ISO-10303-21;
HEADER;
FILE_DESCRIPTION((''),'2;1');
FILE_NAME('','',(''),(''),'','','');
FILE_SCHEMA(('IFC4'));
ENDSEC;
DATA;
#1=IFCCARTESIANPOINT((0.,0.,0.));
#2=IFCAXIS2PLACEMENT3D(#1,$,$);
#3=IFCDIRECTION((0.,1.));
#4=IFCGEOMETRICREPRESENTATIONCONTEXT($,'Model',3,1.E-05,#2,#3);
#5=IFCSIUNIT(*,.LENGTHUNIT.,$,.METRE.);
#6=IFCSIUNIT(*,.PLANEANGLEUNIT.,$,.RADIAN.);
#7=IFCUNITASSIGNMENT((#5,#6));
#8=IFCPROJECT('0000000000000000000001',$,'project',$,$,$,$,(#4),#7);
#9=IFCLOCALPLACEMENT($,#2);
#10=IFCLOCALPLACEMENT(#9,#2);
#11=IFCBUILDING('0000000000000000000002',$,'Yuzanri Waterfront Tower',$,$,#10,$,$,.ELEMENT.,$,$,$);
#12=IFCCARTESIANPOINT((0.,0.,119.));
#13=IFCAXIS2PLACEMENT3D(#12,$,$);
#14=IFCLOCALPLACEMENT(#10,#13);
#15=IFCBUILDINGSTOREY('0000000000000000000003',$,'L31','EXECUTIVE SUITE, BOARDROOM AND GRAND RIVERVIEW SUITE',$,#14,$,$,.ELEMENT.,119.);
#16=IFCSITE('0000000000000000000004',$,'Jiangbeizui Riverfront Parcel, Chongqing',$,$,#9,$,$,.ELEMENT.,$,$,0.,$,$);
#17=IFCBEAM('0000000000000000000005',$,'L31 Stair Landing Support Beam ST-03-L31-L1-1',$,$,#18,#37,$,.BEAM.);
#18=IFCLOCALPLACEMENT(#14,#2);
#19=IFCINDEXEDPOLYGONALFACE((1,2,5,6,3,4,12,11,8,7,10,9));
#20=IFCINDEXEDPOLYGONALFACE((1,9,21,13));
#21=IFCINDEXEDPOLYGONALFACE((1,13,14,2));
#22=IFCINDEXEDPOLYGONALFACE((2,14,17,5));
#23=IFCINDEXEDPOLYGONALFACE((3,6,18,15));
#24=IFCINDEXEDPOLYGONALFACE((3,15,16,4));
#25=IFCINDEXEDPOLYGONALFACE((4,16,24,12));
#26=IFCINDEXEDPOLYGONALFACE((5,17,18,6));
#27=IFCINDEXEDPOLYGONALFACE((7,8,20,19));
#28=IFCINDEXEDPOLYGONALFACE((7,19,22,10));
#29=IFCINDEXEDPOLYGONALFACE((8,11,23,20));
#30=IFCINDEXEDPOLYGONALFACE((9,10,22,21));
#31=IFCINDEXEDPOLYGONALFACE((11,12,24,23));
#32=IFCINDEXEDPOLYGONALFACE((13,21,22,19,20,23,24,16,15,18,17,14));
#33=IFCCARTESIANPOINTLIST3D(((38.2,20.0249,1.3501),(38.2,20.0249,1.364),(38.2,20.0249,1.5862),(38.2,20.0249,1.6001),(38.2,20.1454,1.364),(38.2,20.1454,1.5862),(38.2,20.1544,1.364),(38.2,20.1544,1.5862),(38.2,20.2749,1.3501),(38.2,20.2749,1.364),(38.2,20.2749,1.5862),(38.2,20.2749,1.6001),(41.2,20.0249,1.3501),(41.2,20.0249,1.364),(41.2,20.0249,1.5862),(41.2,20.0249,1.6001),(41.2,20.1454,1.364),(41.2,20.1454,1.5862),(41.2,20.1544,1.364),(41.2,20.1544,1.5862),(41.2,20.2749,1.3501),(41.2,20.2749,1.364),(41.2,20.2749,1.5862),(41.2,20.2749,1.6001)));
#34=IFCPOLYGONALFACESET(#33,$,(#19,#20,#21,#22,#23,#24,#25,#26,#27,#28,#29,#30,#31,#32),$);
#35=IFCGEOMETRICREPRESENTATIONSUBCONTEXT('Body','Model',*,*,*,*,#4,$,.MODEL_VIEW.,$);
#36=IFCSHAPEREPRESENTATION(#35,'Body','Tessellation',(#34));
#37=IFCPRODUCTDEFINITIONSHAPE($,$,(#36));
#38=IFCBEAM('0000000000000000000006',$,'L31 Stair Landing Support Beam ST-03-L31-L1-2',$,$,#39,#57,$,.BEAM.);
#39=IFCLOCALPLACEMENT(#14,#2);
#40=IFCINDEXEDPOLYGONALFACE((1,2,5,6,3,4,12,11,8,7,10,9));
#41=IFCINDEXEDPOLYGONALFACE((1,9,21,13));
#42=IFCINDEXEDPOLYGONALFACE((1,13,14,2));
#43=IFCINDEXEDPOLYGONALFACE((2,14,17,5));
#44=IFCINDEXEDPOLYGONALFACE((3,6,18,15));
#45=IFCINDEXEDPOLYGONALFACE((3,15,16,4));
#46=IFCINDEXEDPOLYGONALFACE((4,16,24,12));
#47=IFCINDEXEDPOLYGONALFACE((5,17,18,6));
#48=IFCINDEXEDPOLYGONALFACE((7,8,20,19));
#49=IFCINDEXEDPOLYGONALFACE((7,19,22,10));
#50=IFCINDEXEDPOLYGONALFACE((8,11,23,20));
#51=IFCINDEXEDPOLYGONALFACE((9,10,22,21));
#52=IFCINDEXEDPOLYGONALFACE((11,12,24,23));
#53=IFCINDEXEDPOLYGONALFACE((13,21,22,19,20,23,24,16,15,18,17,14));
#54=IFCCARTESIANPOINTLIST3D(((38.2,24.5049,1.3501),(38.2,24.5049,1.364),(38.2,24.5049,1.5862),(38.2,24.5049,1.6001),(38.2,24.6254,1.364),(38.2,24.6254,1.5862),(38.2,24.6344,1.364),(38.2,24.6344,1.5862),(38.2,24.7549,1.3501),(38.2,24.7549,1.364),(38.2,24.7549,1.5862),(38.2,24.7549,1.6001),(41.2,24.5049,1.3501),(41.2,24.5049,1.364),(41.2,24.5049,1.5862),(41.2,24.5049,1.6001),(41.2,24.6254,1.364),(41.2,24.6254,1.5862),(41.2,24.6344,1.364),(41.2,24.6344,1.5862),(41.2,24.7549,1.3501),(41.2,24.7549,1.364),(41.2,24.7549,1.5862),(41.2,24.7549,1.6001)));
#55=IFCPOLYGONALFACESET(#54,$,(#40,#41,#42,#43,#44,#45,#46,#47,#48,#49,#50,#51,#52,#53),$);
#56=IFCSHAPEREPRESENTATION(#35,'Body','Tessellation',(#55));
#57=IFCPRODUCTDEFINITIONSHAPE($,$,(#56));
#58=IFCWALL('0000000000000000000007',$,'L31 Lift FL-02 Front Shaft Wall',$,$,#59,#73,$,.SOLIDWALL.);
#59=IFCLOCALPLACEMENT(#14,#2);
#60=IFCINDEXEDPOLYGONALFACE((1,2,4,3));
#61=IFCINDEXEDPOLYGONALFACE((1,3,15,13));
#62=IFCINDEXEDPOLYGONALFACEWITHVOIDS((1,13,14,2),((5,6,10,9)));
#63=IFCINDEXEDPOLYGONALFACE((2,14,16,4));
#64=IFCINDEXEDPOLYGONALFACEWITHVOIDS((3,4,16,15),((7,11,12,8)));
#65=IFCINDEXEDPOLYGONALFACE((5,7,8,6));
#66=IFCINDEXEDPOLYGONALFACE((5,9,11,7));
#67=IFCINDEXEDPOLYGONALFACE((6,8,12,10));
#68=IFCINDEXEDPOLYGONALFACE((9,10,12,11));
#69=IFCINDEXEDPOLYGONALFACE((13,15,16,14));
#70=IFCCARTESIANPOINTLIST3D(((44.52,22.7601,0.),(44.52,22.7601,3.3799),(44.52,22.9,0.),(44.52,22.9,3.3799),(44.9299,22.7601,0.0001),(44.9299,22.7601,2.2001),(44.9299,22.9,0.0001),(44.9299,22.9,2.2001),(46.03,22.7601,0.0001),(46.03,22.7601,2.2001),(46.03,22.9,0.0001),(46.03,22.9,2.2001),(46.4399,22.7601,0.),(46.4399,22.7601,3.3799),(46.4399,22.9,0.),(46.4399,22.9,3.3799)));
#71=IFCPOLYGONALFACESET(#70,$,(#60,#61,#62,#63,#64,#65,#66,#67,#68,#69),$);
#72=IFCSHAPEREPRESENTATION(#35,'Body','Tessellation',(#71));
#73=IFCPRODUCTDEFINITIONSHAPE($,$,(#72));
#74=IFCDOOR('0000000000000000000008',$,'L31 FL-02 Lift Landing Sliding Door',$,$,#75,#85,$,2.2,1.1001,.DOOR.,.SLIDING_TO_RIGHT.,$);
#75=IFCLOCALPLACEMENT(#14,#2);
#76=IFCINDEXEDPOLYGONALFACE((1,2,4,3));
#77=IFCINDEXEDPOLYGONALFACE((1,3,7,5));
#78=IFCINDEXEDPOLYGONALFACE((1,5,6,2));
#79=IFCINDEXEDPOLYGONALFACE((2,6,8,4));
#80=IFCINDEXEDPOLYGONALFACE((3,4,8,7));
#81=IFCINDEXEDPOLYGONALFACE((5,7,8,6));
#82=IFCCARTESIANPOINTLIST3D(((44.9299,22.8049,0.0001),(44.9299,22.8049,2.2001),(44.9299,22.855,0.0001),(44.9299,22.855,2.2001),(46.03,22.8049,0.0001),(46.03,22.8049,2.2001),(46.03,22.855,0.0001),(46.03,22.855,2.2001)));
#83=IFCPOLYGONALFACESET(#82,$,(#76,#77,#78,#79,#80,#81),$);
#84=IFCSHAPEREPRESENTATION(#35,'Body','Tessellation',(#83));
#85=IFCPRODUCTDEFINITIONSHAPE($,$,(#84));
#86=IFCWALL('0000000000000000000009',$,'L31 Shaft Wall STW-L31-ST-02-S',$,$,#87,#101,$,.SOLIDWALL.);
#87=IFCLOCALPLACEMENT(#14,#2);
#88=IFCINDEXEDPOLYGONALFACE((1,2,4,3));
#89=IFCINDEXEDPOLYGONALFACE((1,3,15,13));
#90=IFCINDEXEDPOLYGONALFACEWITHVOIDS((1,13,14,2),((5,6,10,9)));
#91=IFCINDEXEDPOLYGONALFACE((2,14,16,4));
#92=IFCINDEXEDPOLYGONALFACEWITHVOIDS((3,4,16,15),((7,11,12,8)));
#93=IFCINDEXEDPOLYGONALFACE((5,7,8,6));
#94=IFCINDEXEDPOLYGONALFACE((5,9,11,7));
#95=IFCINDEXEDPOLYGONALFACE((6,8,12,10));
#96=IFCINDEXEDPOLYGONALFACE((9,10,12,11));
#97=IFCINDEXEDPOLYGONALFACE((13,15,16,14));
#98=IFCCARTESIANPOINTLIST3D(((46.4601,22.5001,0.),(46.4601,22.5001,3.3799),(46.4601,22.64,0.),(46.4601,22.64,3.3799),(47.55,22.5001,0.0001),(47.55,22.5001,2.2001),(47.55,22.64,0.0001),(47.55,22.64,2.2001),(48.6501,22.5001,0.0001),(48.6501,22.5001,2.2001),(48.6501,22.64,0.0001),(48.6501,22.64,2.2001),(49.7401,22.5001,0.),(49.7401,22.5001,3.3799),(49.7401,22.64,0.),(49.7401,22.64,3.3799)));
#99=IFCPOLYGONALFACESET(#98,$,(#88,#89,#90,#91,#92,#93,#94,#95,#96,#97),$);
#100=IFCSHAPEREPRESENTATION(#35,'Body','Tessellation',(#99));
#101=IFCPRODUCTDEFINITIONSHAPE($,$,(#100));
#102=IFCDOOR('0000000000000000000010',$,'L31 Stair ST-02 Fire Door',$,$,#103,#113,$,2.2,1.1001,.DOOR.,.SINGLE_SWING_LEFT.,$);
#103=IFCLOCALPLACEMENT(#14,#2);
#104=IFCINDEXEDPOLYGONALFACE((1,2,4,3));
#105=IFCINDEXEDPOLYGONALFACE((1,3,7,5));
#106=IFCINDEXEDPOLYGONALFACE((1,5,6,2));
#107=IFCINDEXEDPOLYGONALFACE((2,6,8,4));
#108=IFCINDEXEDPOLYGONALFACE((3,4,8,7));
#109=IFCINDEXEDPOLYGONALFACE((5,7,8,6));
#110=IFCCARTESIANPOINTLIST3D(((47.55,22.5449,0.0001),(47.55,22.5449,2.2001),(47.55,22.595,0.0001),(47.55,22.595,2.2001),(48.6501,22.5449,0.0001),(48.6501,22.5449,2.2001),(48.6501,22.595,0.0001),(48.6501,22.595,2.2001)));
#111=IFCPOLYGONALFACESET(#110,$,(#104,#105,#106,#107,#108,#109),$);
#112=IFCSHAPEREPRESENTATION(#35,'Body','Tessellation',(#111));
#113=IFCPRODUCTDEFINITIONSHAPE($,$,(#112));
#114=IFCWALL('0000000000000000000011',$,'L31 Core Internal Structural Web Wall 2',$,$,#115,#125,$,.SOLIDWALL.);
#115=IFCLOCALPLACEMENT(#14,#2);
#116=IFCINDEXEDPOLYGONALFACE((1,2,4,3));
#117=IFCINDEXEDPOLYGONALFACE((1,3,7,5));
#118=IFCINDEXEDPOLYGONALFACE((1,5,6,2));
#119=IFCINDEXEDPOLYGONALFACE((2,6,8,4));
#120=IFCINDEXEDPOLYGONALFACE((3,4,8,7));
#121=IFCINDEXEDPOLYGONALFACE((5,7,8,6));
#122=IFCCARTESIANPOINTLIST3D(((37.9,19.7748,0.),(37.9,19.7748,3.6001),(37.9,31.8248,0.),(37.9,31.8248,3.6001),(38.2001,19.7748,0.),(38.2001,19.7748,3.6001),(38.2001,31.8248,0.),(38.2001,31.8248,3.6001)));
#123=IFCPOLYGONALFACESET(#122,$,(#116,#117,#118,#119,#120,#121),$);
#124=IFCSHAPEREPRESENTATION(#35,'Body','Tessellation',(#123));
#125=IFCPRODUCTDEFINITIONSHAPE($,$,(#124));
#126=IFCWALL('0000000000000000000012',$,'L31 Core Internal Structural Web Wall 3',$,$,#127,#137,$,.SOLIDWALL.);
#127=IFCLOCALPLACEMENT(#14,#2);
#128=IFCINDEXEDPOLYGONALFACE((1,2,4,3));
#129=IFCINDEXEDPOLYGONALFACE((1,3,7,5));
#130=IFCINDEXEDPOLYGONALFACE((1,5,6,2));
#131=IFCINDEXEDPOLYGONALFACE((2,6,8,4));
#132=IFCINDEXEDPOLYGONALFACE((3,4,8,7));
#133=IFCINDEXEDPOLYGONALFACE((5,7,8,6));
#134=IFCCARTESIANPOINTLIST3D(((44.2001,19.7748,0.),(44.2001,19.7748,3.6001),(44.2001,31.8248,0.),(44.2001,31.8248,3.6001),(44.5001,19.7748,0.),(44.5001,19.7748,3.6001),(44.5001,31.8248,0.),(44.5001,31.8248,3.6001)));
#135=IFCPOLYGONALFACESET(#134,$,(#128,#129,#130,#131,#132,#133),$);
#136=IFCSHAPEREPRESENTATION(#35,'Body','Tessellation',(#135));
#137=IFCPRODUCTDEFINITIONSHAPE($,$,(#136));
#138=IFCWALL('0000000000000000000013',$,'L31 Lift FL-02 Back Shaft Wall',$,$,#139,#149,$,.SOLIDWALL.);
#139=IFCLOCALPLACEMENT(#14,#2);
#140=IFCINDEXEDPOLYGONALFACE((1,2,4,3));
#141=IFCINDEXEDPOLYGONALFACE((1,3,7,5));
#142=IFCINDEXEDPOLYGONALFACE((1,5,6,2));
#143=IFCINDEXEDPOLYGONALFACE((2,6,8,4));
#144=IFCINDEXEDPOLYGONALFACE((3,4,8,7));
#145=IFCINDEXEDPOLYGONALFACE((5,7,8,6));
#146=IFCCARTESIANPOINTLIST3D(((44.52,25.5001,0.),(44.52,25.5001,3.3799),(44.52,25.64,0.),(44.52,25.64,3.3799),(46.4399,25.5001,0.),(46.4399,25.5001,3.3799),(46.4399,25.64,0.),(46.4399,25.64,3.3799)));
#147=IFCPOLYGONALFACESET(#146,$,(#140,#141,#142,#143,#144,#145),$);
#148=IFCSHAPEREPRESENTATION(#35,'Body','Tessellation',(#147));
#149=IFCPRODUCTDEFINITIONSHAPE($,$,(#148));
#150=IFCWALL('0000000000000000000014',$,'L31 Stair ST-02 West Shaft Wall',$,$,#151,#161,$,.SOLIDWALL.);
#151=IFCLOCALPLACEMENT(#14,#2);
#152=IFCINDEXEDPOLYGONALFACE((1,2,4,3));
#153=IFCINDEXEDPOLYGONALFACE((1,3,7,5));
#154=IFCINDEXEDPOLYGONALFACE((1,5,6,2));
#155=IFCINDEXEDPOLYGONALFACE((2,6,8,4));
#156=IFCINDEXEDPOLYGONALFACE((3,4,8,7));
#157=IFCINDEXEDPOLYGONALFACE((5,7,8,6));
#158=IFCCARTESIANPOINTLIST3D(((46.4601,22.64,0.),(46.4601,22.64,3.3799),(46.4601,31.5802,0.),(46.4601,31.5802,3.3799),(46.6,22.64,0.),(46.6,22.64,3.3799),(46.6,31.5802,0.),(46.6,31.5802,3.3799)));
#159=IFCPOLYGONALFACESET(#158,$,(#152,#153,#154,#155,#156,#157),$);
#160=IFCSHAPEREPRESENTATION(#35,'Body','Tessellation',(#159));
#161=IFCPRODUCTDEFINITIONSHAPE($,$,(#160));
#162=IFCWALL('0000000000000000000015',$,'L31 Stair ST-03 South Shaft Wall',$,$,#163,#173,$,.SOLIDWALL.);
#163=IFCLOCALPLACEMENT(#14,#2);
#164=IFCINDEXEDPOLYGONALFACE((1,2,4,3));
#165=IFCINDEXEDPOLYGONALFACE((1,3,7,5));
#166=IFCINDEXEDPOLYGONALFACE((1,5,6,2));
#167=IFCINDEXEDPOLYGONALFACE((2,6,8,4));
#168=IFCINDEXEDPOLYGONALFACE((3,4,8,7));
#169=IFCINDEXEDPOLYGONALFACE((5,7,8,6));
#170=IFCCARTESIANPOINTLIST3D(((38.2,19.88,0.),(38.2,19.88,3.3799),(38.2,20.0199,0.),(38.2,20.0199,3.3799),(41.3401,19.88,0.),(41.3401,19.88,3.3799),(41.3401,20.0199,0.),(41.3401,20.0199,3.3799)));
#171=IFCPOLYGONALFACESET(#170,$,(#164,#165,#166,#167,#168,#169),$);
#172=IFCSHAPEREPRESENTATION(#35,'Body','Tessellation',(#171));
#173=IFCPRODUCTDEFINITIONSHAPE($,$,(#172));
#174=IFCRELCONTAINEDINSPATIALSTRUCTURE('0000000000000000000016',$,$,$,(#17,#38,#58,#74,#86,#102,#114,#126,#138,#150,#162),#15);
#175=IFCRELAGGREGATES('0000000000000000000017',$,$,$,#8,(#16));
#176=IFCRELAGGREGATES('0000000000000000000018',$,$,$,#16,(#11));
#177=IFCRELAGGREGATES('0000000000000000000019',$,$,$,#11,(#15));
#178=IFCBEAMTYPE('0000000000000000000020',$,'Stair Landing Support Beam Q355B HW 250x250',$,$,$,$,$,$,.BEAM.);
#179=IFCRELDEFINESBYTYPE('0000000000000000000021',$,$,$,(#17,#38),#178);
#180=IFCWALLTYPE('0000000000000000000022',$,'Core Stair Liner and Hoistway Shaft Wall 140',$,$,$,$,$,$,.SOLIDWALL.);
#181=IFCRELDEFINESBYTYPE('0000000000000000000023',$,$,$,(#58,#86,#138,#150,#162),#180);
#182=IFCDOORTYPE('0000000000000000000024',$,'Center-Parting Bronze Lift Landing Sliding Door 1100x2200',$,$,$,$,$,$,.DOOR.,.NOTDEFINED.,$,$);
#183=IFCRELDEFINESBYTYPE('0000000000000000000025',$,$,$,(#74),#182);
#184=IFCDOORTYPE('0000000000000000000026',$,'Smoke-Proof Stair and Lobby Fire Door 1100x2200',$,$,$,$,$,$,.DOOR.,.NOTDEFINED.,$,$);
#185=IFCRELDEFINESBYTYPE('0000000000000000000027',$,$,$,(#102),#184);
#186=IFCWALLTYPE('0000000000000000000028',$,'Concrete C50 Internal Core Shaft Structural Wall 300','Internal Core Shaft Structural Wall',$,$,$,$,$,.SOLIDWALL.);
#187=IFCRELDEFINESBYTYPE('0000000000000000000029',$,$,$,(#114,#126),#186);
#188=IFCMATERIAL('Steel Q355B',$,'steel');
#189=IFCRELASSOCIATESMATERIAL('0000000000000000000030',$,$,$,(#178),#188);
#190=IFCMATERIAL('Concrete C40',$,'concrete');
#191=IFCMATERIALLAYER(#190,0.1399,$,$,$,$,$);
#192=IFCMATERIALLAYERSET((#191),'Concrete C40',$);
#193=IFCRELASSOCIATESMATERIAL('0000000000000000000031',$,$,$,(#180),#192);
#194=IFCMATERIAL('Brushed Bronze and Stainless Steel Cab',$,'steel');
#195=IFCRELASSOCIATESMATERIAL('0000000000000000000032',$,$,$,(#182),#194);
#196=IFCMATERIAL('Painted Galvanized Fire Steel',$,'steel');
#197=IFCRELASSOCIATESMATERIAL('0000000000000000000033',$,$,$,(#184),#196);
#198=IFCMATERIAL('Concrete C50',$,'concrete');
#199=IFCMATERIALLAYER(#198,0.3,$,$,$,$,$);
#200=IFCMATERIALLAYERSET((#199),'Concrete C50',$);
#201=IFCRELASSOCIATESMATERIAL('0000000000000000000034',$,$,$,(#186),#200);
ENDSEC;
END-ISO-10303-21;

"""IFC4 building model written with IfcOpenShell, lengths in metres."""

from ifc_helpers import new_model, si_unit, direction, frame, frame_2d, origin, origin_2d, place, context, subcontext, project, spatial, rectangle, i_section, extrude, source, transform, mapped, material, layer, layer_set, material_profile, profile_set, type_object, element, fill, save


model = new_model("IFC4")

# Units and contexts
model_context = context("Model", 3, precision=1e-05, world=origin(), true_north=direction((0.0, 1.0)))
body_context = subcontext(model_context, "Body", "Model", "MODEL_VIEW")
ifc_project = project(units=[si_unit("LENGTHUNIT", "METRE"), si_unit("PLANEANGLEUNIT", "RADIAN")], contexts=[model_context])

# Site, building, storey
site_placement = place(None, origin())
site = spatial("IfcSite", under=ifc_project, at=site_placement, Name="Jiangbeizui Riverfront Parcel, Chongqing", CompositionType="ELEMENT", RefElevation=0.0)
building_placement = place(site_placement, origin())
building = spatial("IfcBuilding", under=site, at=building_placement, Name="Yuzanri Waterfront Tower", CompositionType="ELEMENT")
storey_placement = place(building_placement, frame((0.0, 0.0, 119.0)))
storey = spatial("IfcBuildingStorey", under=building, at=storey_placement, Name="L31", Description="EXECUTIVE SUITE, BOARDROOM AND GRAND RIVERVIEW SUITE", CompositionType="ELEMENT", Elevation=119.0)

# Beams
ifc_material_1 = material(Name="Steel Q355B", Category="steel")
ifc_material_profile = material_profile(ifc_material_1, i_section(OverallWidth=0.25, OverallDepth=0.25, WebThickness=0.009, FlangeThickness=0.0139, at=origin_2d()), Name="HW 250x250x9x14")
ifc_profile_set = profile_set([ifc_material_profile], Name="Steel Q355B")
beam_type = type_object("IfcBeamType", Name="Stair Landing Support Beam Q355B HW 250x250", PredefinedType="BEAM", material=ifc_profile_set)
shared_shape_1 = source(origin(), body_context, "Body", "SweptSolid", [
    extrude(i_section(OverallWidth=0.25, OverallDepth=0.25, WebThickness=0.009, FlangeThickness=0.0139, at=origin_2d()), origin(), (0.0, 0.0, 1.0), 3.0),
])
for number, where, z_axis, x_axis, name in (
    (1, (38.2, 20.1499, 1.4751), (1.0, 0.0, 0.0), (0.0, 1.0, 0.0), "L31 Stair Landing Support Beam ST-03-L31-L1-1"),
    (2, (38.2, 24.6299, 1.4751), (1.0, 0.0, 0.0), (0.0, 1.0, 0.0), "L31 Stair Landing Support Beam ST-03-L31-L1-2"),
):
    element("IfcBeam", number, at=place(storey_placement, frame(where, z_axis=z_axis, x_axis=x_axis)), inside=storey, type_object=beam_type, Name=name, PredefinedType="BEAM", context=body_context, shape_type="MappedRepresentation", body=[
        mapped(shared_shape_1, transform((0.0, 0.0, 0.0), scale=1.0)),
    ])

# Walls, openings, doors
ifc_material_2 = material(Name="Concrete C40", Category="concrete")
ifc_layer_1 = layer(ifc_material_2, 0.1399)
ifc_layer_set_1 = layer_set([ifc_layer_1], Name="Concrete C40")
wall_type_1 = type_object("IfcWallType", Name="Core Stair Liner and Hoistway Shaft Wall 140", PredefinedType="SOLIDWALL", material=ifc_layer_set_1)
wall_1_placement = place(storey_placement, frame((44.52, 22.8301, 0.0), z_axis=(0.0, 0.0, 1.0), x_axis=(1.0, 0.0, 0.0)))
wall_1 = element("IfcWall", 3, at=wall_1_placement, inside=storey, type_object=wall_type_1, Name="L31 Lift FL-02 Front Shaft Wall", PredefinedType="SOLIDWALL", context=body_context, shape_type="SweptSolid", body=[
    extrude(rectangle(XDim=1.9199, YDim=0.1399, at=frame_2d((0.96, 0.0))), origin(), (0.0, 0.0, 1.0), 3.3799),
])
opening_1_placement = place(wall_1_placement, frame((0.4099, 0.0, 0.0)))
opening_1 = element("IfcOpeningElement", 4, at=opening_1_placement, cuts=wall_1, PredefinedType="OPENING", context=body_context, shape_type="SweptSolid", body=[
    extrude(rectangle(XDim=1.1001, YDim=2.2, at=frame_2d((0.55, 1.1001))), frame((0.0, 0.085, 0.0), z_axis=(0.0, -1.0, 0.0), x_axis=(1.0, 0.0, 0.0)), (0.0, 0.0, 1.0), 0.1697),
])
ifc_material_3 = material(Name="Brushed Bronze and Stainless Steel Cab", Category="steel")
door_type_1 = type_object("IfcDoorType", Name="Center-Parting Bronze Lift Landing Sliding Door 1100x2200", OperationType="NOTDEFINED", PredefinedType="DOOR", material=ifc_material_3)
shared_shape_2 = source(origin(), body_context, "Body", "SweptSolid", [
    extrude(rectangle(XDim=1.1001, YDim=2.2, at=frame_2d((0.55, 1.1001))), frame((0.0, 0.0249, 0.0), z_axis=(0.0, -1.0, 0.0), x_axis=(1.0, 0.0, 0.0)), (0.0, 0.0, 1.0), 0.05),
])
door_1_placement = place(opening_1_placement, origin())
door_1 = element("IfcDoor", 5, at=door_1_placement, inside=storey, type_object=door_type_1, Name="L31 FL-02 Lift Landing Sliding Door", OperationType="SLIDING_TO_RIGHT", OverallHeight=2.2, OverallWidth=1.1001, PredefinedType="DOOR", context=body_context, shape_type="MappedRepresentation", body=[
    mapped(shared_shape_2, transform((0.0, 0.0, 0.0), scale=1.0)),
])
fill(opening_1, door_1)
wall_2_placement = place(storey_placement, frame((46.46, 22.5701, 0.0), z_axis=(0.0, 0.0, 1.0), x_axis=(1.0, 0.0, 0.0)))
wall_2 = element("IfcWall", 6, at=wall_2_placement, inside=storey, type_object=wall_type_1, Name="L31 Shaft Wall STW-L31-ST-02-S", PredefinedType="SOLIDWALL", context=body_context, shape_type="SweptSolid", body=[
    extrude(rectangle(XDim=3.28, YDim=0.1399, at=frame_2d((1.6401, 0.0))), origin(), (0.0, 0.0, 1.0), 3.3799),
])
opening_2_placement = place(wall_2_placement, frame((1.0901, 0.0, 0.0)))
opening_2 = element("IfcOpeningElement", 7, at=opening_2_placement, cuts=wall_2, PredefinedType="OPENING", context=body_context, shape_type="SweptSolid", body=[
    extrude(rectangle(XDim=1.1001, YDim=2.2, at=frame_2d((0.55, 1.1001))), frame((0.0, 0.085, 0.0), z_axis=(0.0, -1.0, 0.0), x_axis=(1.0, 0.0, 0.0)), (0.0, 0.0, 1.0), 0.1697),
])
ifc_material_4 = material(Name="Painted Galvanized Fire Steel", Category="steel")
door_type_2 = type_object("IfcDoorType", Name="Smoke-Proof Stair and Lobby Fire Door 1100x2200", OperationType="NOTDEFINED", PredefinedType="DOOR", material=ifc_material_4)
shared_shape_3 = source(origin(), body_context, "Body", "SweptSolid", [
    extrude(rectangle(XDim=1.1001, YDim=2.2, at=frame_2d((0.55, 1.1001))), frame((0.0, 0.0249, 0.0), z_axis=(0.0, -1.0, 0.0), x_axis=(1.0, 0.0, 0.0)), (0.0, 0.0, 1.0), 0.05),
])
door_2_placement = place(opening_2_placement, origin())
door_2 = element("IfcDoor", 8, at=door_2_placement, inside=storey, type_object=door_type_2, Name="L31 Stair ST-02 Fire Door", OperationType="SINGLE_SWING_LEFT", OverallHeight=2.2, OverallWidth=1.1001, PredefinedType="DOOR", context=body_context, shape_type="MappedRepresentation", body=[
    mapped(shared_shape_3, transform((0.0, 0.0, 0.0), scale=1.0)),
])
fill(opening_2, door_2)

# Walls
ifc_material_5 = material(Name="Concrete C50", Category="concrete")
ifc_layer_2 = layer(ifc_material_5, 0.3)
ifc_layer_set_2 = layer_set([ifc_layer_2], Name="Concrete C50")
wall_type_2 = type_object("IfcWallType", Name="Concrete C50 Internal Core Shaft Structural Wall 300", Description="Internal Core Shaft Structural Wall", PredefinedType="SOLIDWALL", material=ifc_layer_set_2)
shared_shape_4 = source(origin(), body_context, "Body", "SweptSolid", [
    extrude(rectangle(XDim=12.05, YDim=0.3, at=frame_2d((6.0249, 0.0))), origin(), (0.0, 0.0, 1.0), 3.6001),
])
for number, where, z_axis, x_axis, name in (
    (9, (38.05, 19.7749, 0.0), (0.0, 0.0, 1.0), (0.0, 1.0, 0.0), "L31 Core Internal Structural Web Wall 2"),
    (10, (44.3501, 19.7749, 0.0), (0.0, 0.0, 1.0), (0.0, 1.0, 0.0), "L31 Core Internal Structural Web Wall 3"),
):
    element("IfcWall", number, at=place(storey_placement, frame(where, z_axis=z_axis, x_axis=x_axis)), inside=storey, type_object=wall_type_2, Name=name, PredefinedType="SOLIDWALL", context=body_context, shape_type="MappedRepresentation", body=[
        mapped(shared_shape_4, transform((0.0, 0.0, 0.0), scale=1.0)),
    ])
shared_shape_5 = source(origin(), body_context, "Body", "SweptSolid", [
    extrude(rectangle(XDim=1.9199, YDim=0.1399, at=frame_2d((0.96, 0.0))), origin(), (0.0, 0.0, 1.0), 3.3799),
])
wall_3_placement = place(storey_placement, frame((44.52, 25.5701, 0.0), z_axis=(0.0, 0.0, 1.0), x_axis=(1.0, 0.0, 0.0)))
element("IfcWall", 11, at=wall_3_placement, inside=storey, type_object=wall_type_1, Name="L31 Lift FL-02 Back Shaft Wall", PredefinedType="SOLIDWALL", context=body_context, shape_type="MappedRepresentation", body=[
    mapped(shared_shape_5, transform((0.0, 0.0, 0.0), scale=1.0)),
])
shared_shape_6 = source(origin(), body_context, "Body", "SweptSolid", [
    extrude(rectangle(XDim=8.9402, YDim=0.1399, at=frame_2d((4.4702, 0.0))), origin(), (0.0, 0.0, 1.0), 3.3799),
])
wall_4_placement = place(storey_placement, frame((46.53, 22.6399, 0.0), z_axis=(0.0, 0.0, 1.0), x_axis=(0.0, 1.0, 0.0)))
element("IfcWall", 12, at=wall_4_placement, inside=storey, type_object=wall_type_1, Name="L31 Stair ST-02 West Shaft Wall", PredefinedType="SOLIDWALL", context=body_context, shape_type="MappedRepresentation", body=[
    mapped(shared_shape_6, transform((0.0, 0.0, 0.0), scale=1.0)),
])
shared_shape_7 = source(origin(), body_context, "Body", "SweptSolid", [
    extrude(rectangle(XDim=3.1401, YDim=0.1399, at=frame_2d((1.5701, 0.0))), origin(), (0.0, 0.0, 1.0), 3.3799),
])
wall_5_placement = place(storey_placement, frame((38.2, 19.95, 0.0), z_axis=(0.0, 0.0, 1.0), x_axis=(1.0, 0.0, 0.0)))
element("IfcWall", 13, at=wall_5_placement, inside=storey, type_object=wall_type_1, Name="L31 Stair ST-03 South Shaft Wall", PredefinedType="SOLIDWALL", context=body_context, shape_type="MappedRepresentation", body=[
    mapped(shared_shape_7, transform((0.0, 0.0, 0.0), scale=1.0)),
])

save(model, "model.ifc")
